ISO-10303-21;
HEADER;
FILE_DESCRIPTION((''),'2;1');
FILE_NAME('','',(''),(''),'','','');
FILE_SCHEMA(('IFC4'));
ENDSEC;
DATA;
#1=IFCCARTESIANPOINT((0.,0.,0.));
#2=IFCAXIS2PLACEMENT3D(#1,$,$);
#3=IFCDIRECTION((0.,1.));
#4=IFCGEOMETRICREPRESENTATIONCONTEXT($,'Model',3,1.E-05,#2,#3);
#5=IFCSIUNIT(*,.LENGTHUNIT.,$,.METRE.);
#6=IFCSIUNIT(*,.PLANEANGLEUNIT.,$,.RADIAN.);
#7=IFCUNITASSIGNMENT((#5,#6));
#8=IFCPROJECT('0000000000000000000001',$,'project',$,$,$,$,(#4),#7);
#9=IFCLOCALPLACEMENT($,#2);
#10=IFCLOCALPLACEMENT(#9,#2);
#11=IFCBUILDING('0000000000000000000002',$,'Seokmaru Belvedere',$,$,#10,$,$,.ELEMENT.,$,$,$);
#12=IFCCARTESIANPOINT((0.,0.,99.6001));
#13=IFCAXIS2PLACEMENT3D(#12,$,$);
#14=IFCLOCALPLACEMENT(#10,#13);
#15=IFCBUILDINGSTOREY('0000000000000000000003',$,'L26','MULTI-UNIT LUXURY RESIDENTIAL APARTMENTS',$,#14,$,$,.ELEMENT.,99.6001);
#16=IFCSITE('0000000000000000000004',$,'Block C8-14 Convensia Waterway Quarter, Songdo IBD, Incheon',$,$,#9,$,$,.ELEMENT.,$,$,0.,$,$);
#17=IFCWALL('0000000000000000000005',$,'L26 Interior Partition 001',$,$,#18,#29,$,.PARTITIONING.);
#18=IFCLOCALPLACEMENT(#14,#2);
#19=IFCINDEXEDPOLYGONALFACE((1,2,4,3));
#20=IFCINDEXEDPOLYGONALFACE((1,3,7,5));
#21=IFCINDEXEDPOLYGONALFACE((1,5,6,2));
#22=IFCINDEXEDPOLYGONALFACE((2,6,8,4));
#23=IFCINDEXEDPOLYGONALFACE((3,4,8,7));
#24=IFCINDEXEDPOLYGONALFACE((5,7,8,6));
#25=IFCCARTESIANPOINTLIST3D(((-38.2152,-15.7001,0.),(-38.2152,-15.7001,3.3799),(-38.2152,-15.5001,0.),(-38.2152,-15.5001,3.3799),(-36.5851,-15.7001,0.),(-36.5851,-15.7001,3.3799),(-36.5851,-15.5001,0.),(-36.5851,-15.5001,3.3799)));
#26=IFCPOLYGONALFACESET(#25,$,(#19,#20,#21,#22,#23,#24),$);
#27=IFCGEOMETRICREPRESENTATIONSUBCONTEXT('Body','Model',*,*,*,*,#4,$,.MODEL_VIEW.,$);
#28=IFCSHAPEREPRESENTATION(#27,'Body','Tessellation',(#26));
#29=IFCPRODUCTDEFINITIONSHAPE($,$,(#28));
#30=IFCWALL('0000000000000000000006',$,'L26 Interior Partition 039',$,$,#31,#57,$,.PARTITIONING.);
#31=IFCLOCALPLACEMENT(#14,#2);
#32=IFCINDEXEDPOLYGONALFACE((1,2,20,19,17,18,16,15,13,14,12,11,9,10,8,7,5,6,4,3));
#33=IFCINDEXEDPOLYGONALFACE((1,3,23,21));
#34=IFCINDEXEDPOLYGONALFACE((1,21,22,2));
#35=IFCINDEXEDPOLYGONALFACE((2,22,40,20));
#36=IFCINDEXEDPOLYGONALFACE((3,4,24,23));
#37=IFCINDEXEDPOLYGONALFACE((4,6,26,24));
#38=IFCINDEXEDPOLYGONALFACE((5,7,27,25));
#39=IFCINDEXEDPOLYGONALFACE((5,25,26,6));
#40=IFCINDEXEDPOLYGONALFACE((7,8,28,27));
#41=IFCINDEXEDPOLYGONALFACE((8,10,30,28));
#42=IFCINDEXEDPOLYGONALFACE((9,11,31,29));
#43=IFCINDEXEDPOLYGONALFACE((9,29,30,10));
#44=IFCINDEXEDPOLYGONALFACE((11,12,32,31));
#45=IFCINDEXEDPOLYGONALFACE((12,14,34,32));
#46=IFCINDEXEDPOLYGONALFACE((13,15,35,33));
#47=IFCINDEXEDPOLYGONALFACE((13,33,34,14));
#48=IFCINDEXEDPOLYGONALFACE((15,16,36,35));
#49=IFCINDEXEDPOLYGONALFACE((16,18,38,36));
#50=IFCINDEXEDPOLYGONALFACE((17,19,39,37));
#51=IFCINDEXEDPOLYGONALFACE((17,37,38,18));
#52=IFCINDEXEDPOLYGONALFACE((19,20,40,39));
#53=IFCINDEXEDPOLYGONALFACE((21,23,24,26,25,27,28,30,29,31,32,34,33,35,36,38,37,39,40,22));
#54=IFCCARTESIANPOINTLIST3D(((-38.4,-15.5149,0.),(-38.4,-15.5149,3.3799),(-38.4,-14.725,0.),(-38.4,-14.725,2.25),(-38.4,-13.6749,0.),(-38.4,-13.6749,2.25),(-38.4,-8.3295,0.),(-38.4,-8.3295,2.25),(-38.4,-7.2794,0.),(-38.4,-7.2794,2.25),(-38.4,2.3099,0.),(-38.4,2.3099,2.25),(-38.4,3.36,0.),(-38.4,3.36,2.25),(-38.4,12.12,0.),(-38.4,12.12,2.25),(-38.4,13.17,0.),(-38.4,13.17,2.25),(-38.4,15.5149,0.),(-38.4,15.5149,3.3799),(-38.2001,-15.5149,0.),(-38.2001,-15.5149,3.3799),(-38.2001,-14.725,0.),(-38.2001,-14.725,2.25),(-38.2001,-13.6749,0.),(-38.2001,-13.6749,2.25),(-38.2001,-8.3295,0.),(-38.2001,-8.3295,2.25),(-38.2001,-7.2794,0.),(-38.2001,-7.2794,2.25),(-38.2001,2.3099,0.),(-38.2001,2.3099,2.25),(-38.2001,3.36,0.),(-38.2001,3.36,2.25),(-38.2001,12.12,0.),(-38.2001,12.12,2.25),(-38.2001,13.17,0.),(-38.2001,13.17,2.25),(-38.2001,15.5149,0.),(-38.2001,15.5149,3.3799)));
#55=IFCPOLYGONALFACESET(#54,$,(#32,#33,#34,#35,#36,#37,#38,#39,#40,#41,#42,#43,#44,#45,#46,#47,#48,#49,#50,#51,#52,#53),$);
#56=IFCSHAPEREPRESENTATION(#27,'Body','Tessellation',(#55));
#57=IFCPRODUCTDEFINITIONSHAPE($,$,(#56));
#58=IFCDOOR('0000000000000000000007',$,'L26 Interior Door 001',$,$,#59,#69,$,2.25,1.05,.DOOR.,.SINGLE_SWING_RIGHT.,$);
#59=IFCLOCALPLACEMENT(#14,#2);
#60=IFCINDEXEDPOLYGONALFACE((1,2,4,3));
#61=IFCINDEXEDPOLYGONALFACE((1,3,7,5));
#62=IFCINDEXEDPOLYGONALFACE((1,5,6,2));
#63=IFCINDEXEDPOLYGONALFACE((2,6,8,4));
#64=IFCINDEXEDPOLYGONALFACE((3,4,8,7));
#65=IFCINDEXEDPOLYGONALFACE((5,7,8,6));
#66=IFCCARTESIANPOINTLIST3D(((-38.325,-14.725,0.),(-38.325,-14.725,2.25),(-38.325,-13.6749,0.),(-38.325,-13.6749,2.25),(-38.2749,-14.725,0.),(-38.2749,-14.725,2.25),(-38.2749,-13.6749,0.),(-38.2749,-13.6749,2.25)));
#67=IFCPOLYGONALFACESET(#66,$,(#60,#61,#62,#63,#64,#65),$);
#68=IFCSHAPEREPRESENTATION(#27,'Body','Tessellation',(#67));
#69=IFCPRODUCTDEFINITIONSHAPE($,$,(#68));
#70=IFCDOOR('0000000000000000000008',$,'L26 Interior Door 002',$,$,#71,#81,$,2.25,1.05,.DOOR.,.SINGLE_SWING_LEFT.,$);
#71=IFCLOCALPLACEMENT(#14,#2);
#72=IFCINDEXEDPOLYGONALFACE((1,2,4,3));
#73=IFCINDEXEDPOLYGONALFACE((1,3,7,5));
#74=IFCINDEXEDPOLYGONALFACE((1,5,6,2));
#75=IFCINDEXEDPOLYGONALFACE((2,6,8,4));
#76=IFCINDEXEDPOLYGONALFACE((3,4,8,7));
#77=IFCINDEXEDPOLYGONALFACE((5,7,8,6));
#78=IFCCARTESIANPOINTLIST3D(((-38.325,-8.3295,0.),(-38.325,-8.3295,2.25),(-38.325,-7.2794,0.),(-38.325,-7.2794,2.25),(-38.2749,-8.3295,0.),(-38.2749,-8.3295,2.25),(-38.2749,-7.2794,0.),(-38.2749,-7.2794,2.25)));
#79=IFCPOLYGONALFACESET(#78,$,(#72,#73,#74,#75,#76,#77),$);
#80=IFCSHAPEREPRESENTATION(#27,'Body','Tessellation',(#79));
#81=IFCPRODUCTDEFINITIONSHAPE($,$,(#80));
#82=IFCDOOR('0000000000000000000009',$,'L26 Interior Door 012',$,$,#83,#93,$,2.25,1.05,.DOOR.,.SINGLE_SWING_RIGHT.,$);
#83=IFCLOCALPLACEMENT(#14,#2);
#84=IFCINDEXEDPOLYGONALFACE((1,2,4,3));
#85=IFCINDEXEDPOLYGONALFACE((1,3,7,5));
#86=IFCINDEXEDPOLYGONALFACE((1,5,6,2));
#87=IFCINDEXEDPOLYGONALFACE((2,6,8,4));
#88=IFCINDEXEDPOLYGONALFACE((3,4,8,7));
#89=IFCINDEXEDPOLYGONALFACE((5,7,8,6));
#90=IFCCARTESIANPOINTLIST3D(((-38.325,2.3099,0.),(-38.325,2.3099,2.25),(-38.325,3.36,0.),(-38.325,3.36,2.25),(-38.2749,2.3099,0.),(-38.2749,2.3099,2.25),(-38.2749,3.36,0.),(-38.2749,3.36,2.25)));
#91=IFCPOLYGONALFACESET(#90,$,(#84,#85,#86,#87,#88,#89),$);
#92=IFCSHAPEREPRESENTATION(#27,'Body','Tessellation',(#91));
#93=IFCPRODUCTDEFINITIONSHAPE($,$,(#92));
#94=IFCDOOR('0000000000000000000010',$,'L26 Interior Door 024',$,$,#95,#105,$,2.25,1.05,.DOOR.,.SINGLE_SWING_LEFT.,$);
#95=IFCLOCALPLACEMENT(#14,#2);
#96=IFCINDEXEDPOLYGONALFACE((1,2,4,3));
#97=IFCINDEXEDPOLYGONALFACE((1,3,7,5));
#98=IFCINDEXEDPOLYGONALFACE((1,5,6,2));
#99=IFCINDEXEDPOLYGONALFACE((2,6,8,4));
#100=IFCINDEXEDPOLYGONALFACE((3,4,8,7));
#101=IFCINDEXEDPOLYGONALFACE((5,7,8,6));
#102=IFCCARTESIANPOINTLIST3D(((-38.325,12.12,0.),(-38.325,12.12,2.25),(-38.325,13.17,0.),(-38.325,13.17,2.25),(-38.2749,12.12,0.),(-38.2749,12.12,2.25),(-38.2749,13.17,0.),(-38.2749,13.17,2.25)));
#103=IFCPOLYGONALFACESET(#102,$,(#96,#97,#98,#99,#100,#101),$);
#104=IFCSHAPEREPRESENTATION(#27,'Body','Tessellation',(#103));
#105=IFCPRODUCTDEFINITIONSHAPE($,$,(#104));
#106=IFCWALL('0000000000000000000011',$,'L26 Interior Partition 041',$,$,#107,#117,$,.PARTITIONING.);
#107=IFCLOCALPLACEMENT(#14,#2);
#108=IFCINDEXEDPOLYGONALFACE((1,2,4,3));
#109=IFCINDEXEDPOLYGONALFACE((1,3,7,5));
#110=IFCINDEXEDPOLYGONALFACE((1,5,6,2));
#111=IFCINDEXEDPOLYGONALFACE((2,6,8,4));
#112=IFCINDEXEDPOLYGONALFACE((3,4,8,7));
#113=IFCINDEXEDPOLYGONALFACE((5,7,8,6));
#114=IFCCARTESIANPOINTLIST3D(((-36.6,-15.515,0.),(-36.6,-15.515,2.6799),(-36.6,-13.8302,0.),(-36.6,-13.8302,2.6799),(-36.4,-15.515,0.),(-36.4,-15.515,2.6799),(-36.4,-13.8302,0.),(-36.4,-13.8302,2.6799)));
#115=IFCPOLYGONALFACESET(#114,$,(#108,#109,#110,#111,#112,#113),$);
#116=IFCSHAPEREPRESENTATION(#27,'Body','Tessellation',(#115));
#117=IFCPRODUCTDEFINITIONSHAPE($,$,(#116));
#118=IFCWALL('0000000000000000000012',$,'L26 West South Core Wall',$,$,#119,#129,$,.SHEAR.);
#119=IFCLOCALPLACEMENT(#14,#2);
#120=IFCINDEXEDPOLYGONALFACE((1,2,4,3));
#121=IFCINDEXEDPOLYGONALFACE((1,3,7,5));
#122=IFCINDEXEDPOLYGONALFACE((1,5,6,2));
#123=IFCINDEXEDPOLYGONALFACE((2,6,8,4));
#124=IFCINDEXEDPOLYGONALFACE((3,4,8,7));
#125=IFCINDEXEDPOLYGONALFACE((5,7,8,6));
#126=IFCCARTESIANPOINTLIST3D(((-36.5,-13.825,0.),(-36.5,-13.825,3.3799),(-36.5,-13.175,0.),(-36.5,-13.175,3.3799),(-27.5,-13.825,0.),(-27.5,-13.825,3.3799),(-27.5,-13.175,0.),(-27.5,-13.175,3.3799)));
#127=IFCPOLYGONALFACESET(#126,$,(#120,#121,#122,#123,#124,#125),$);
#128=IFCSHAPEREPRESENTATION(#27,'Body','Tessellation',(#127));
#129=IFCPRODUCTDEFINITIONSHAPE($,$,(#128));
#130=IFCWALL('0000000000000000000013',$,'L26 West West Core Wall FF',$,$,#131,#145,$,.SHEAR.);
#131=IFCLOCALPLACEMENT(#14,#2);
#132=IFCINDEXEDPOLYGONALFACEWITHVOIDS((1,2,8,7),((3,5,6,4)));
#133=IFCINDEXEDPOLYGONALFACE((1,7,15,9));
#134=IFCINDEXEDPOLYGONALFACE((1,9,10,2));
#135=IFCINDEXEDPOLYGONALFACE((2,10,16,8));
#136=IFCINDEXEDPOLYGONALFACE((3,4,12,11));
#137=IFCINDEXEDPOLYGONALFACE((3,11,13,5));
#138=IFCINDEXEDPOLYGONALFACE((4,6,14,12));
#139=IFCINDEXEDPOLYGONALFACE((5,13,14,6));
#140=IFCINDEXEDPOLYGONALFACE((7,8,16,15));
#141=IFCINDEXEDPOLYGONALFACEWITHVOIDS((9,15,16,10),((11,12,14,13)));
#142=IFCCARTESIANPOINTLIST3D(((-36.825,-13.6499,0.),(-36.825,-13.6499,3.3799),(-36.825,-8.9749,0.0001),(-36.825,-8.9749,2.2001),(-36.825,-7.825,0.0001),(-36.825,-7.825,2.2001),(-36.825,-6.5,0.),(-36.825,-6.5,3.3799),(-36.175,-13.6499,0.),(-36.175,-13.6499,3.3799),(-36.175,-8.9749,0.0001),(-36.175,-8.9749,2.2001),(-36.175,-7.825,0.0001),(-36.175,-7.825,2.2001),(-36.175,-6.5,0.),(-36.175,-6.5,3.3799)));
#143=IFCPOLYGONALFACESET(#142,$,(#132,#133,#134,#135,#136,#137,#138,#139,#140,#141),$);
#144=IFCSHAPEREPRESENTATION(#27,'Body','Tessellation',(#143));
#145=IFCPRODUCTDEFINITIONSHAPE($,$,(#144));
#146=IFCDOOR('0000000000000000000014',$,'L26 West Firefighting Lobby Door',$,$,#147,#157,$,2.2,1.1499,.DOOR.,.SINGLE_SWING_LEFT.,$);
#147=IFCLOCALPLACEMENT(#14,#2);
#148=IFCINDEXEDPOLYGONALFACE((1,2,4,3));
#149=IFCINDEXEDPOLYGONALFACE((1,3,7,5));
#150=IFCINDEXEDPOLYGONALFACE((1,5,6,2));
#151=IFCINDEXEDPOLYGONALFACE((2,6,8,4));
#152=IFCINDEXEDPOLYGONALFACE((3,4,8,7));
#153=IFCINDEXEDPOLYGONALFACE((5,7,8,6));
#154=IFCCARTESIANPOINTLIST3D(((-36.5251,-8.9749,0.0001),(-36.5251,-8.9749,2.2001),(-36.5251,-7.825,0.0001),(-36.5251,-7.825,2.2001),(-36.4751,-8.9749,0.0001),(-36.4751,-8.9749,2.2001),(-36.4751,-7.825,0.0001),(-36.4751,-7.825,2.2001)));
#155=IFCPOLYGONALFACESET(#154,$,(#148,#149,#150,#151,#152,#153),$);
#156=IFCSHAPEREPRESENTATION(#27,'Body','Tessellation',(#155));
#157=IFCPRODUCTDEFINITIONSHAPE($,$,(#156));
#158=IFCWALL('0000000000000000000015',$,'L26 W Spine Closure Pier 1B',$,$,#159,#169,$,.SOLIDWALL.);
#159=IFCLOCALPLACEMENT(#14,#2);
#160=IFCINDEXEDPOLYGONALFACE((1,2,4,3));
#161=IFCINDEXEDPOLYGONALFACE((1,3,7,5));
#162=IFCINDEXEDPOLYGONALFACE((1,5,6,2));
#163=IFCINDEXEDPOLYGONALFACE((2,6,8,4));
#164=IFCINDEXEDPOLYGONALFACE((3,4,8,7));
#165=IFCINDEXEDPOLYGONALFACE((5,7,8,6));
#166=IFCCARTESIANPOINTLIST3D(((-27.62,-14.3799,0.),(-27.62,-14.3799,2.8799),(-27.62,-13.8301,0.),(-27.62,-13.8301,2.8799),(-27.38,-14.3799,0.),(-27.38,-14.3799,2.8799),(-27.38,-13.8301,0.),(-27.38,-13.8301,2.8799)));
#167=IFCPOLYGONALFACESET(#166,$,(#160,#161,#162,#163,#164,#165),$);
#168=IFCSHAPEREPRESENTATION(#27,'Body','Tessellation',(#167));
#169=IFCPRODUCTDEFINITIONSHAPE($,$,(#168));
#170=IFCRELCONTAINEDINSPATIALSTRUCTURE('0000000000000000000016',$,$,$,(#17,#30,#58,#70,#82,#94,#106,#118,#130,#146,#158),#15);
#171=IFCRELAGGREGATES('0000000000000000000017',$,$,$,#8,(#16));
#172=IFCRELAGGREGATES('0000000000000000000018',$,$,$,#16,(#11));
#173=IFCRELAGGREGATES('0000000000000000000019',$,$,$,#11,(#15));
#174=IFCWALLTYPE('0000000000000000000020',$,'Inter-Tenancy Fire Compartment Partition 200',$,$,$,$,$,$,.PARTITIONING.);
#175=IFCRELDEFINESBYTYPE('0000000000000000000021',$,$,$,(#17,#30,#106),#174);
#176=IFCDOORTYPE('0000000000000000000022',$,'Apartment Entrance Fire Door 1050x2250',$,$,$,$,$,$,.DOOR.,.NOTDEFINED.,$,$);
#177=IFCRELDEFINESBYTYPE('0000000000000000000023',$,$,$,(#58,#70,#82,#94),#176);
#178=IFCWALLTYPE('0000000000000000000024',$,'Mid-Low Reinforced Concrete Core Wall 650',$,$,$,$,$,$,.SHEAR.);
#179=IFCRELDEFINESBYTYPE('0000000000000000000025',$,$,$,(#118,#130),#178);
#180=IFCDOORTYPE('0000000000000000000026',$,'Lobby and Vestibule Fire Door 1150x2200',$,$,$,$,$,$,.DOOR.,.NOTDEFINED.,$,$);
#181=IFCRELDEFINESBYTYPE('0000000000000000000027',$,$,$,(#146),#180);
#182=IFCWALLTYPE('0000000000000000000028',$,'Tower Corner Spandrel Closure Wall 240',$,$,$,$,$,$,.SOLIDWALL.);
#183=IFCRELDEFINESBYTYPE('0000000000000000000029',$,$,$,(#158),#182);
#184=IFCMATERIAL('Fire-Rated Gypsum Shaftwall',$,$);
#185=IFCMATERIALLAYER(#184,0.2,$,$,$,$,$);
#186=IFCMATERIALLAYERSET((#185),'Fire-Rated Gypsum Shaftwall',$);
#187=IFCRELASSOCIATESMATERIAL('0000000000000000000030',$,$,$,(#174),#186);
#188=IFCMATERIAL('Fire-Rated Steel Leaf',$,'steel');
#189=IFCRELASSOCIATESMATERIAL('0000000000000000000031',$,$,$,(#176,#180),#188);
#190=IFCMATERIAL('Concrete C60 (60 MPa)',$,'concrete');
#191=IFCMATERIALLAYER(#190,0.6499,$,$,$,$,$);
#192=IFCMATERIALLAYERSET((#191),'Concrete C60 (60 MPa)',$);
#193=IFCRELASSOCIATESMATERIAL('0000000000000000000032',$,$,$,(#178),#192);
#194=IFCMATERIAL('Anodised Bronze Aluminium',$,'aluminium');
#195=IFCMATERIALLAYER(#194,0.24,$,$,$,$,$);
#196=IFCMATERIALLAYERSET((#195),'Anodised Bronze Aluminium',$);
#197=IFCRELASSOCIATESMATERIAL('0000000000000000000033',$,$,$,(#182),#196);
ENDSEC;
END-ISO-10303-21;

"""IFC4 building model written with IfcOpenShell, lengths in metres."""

from ifc_helpers import new_model, si_unit, direction, frame, frame_2d, origin, place, context, subcontext, project, spatial, rectangle, extrude, source, transform, mapped, material, layer, layer_set, type_object, type_shapes, element, fill, save


model = new_model("IFC4")

# Units and contexts
model_context = context("Model", 3, precision=1e-05, world=origin(), true_north=direction((0.0, 1.0)))
body_context = subcontext(model_context, "Body", "Model", "MODEL_VIEW")
ifc_project = project(units=[si_unit("LENGTHUNIT", "METRE"), si_unit("PLANEANGLEUNIT", "RADIAN")], contexts=[model_context])

# Site, building, storey
site_placement = place(None, origin())
site = spatial("IfcSite", under=ifc_project, at=site_placement, Name="Block C8-14 Convensia Waterway Quarter, Songdo IBD, Incheon", CompositionType="ELEMENT", RefElevation=0.0)
building_placement = place(site_placement, origin())
building = spatial("IfcBuilding", under=site, at=building_placement, Name="Seokmaru Belvedere", CompositionType="ELEMENT")
storey_placement = place(building_placement, frame((0.0, 0.0, 99.6001)))
storey = spatial("IfcBuildingStorey", under=building, at=storey_placement, Name="L26", Description="MULTI-UNIT LUXURY RESIDENTIAL APARTMENTS", CompositionType="ELEMENT", Elevation=99.6001)

# Shared definitions
ifc_material_1 = material(Name="Anodised Bronze Aluminium", Category="aluminium")

# Wall
ifc_material_2 = material(Name="Fire-Rated Gypsum Shaftwall")
ifc_layer_1 = layer(ifc_material_2, 0.2)
ifc_layer_set_1 = layer_set([ifc_layer_1], Name="Fire-Rated Gypsum Shaftwall")
wall_type_1 = type_object("IfcWallType", Name="Inter-Tenancy Fire Compartment Partition 200", PredefinedType="PARTITIONING", material=ifc_layer_set_1)
wall_1_placement = place(storey_placement, frame((-38.2151, -15.6001, 0.0), z_axis=(0.0, 0.0, 1.0), x_axis=(1.0, 0.0, 0.0)))
element("IfcWall", 1, at=wall_1_placement, inside=storey, type_object=wall_type_1, Name="L26 Interior Partition 001", PredefinedType="PARTITIONING", context=body_context, shape_type="SweptSolid", body=[
    extrude(rectangle(XDim=1.6301, YDim=0.2, at=frame_2d((0.8149, 0.0))), origin(), (0.0, 0.0, 1.0), 3.3799),
])

# Wall, openings, doors
wall_2_placement = place(storey_placement, frame((-38.3, -15.5149, 0.0), z_axis=(0.0, 0.0, 1.0), x_axis=(0.0, 1.0, 0.0)))
wall_2 = element("IfcWall", 2, at=wall_2_placement, inside=storey, type_object=wall_type_1, Name="L26 Interior Partition 039", PredefinedType="PARTITIONING", context=body_context, shape_type="SweptSolid", body=[
    extrude(rectangle(XDim=31.0298, YDim=0.2, at=frame_2d((15.5149, 0.0))), origin(), (0.0, 0.0, 1.0), 3.3799),
])
opening_1_placement = place(wall_2_placement, frame((0.79, 0.0, 0.0)))
opening_1 = element("IfcOpeningElement", 3, at=opening_1_placement, cuts=wall_2, PredefinedType="OPENING", context=body_context, shape_type="SweptSolid", body=[
    extrude(rectangle(XDim=1.05, YDim=2.25, at=frame_2d((0.5249, 1.125))), frame((0.0, 0.1099, 0.0), z_axis=(0.0, -1.0, 0.0), x_axis=(1.0, 0.0, 0.0)), (0.0, 0.0, 1.0), 0.22),
])
opening_2_placement = place(wall_2_placement, frame((7.1855, 0.0, 0.0)))
opening_2 = element("IfcOpeningElement", 4, at=opening_2_placement, cuts=wall_2, PredefinedType="OPENING", context=body_context, shape_type="SweptSolid", body=[
    extrude(rectangle(XDim=1.05, YDim=2.25, at=frame_2d((0.5249, 1.125))), frame((0.0, 0.1099, 0.0), z_axis=(0.0, -1.0, 0.0), x_axis=(1.0, 0.0, 0.0)), (0.0, 0.0, 1.0), 0.22),
])
opening_3_placement = place(wall_2_placement, frame((17.825, 0.0, 0.0)))
opening_3 = element("IfcOpeningElement", 5, at=opening_3_placement, cuts=wall_2, PredefinedType="OPENING", context=body_context, shape_type="SweptSolid", body=[
    extrude(rectangle(XDim=1.05, YDim=2.25, at=frame_2d((0.5249, 1.125))), frame((0.0, 0.1099, 0.0), z_axis=(0.0, -1.0, 0.0), x_axis=(1.0, 0.0, 0.0)), (0.0, 0.0, 1.0), 0.22),
])
opening_4_placement = place(wall_2_placement, frame((27.635, 0.0, 0.0)))
opening_4 = element("IfcOpeningElement", 6, at=opening_4_placement, cuts=wall_2, PredefinedType="OPENING", context=body_context, shape_type="SweptSolid", body=[
    extrude(rectangle(XDim=1.05, YDim=2.25, at=frame_2d((0.5249, 1.125))), frame((0.0, 0.1099, 0.0), z_axis=(0.0, -1.0, 0.0), x_axis=(1.0, 0.0, 0.0)), (0.0, 0.0, 1.0), 0.22),
])
ifc_material_3 = material(Name="Fire-Rated Steel Leaf", Category="steel")
door_type_1 = type_object("IfcDoorType", Name="Apartment Entrance Fire Door 1050x2250", OperationType="NOTDEFINED", PredefinedType="DOOR", material=ifc_material_3)
shared_shape_1 = source(origin(), body_context, "Body", "SweptSolid", [
    extrude(rectangle(XDim=1.05, YDim=2.25, at=frame_2d((0.5249, 1.125))), frame((0.0, 0.0249, 0.0), z_axis=(0.0, -1.0, 0.0), x_axis=(1.0, 0.0, 0.0)), (0.0, 0.0, 1.0), 0.05),
])
type_shapes(door_type_1, [shared_shape_1])
door_1_placement = place(opening_1_placement, origin())
door_1 = element("IfcDoor", 7, at=door_1_placement, inside=storey, type_object=door_type_1, Name="L26 Interior Door 001", OperationType="SINGLE_SWING_RIGHT", OverallHeight=2.25, OverallWidth=1.05, PredefinedType="DOOR", context=body_context, shape_type="MappedRepresentation", body=[
    mapped(shared_shape_1, transform((0.0, 0.0, 0.0), scale=1.0)),
])
fill(opening_1, door_1)
door_2_placement = place(opening_2_placement, origin())
door_2 = element("IfcDoor", 8, at=door_2_placement, inside=storey, type_object=door_type_1, Name="L26 Interior Door 002", OperationType="SINGLE_SWING_LEFT", OverallHeight=2.25, OverallWidth=1.05, PredefinedType="DOOR", context=body_context, shape_type="MappedRepresentation", body=[
    mapped(shared_shape_1, transform((0.0, 0.0, 0.0), scale=1.0)),
])
fill(opening_2, door_2)
door_3_placement = place(opening_3_placement, origin())
door_3 = element("IfcDoor", 9, at=door_3_placement, inside=storey, type_object=door_type_1, Name="L26 Interior Door 012", OperationType="SINGLE_SWING_RIGHT", OverallHeight=2.25, OverallWidth=1.05, PredefinedType="DOOR", context=body_context, shape_type="MappedRepresentation", body=[
    mapped(shared_shape_1, transform((0.0, 0.0, 0.0), scale=1.0)),
])
fill(opening_3, door_3)
door_4_placement = place(opening_4_placement, origin())
door_4 = element("IfcDoor", 10, at=door_4_placement, inside=storey, type_object=door_type_1, Name="L26 Interior Door 024", OperationType="SINGLE_SWING_LEFT", OverallHeight=2.25, OverallWidth=1.05, PredefinedType="DOOR", context=body_context, shape_type="MappedRepresentation", body=[
    mapped(shared_shape_1, transform((0.0, 0.0, 0.0), scale=1.0)),
])
fill(opening_4, door_4)

# Walls
wall_3_placement = place(storey_placement, frame((-36.5, -15.5149, 0.0), z_axis=(0.0, 0.0, 1.0), x_axis=(0.0, 1.0, 0.0)))
element("IfcWall", 11, at=wall_3_placement, inside=storey, type_object=wall_type_1, Name="L26 Interior Partition 041", PredefinedType="PARTITIONING", context=body_context, shape_type="SweptSolid", body=[
    extrude(rectangle(XDim=1.6848, YDim=0.2, at=frame_2d((0.8423, 0.0))), origin(), (0.0, 0.0, 1.0), 2.6799),
])
ifc_material_4 = material(Name="Concrete C60 (60 MPa)", Category="concrete")
ifc_layer_2 = layer(ifc_material_4, 0.6499)
ifc_layer_set_2 = layer_set([ifc_layer_2], Name="Concrete C60 (60 MPa)")
wall_type_2 = type_object("IfcWallType", Name="Mid-Low Reinforced Concrete Core Wall 650", PredefinedType="SHEAR", material=ifc_layer_set_2)
wall_4_placement = place(storey_placement, frame((-36.5, -13.5, 0.0), z_axis=(0.0, 0.0, 1.0), x_axis=(1.0, 0.0, 0.0)))
element("IfcWall", 12, at=wall_4_placement, inside=storey, type_object=wall_type_2, Name="L26 West South Core Wall", PredefinedType="SHEAR", context=body_context, shape_type="SweptSolid", body=[
    extrude(rectangle(XDim=9.0, YDim=0.6499, at=frame_2d((4.5, 0.0))), origin(), (0.0, 0.0, 1.0), 3.3799),
])

# Wall, opening, door
wall_5_placement = place(storey_placement, frame((-36.5, -13.6499, 0.0), z_axis=(0.0, 0.0, 1.0), x_axis=(0.0, 1.0, 0.0)))
wall_5 = element("IfcWall", 13, at=wall_5_placement, inside=storey, type_object=wall_type_2, Name="L26 West West Core Wall FF", PredefinedType="SHEAR", context=body_context, shape_type="SweptSolid", body=[
    extrude(rectangle(XDim=7.1499, YDim=0.6499, at=frame_2d((3.575, 0.0))), origin(), (0.0, 0.0, 1.0), 3.3799),
])
opening_5_placement = place(wall_5_placement, frame((4.675, 0.0, 0.0)))
opening_5 = element("IfcOpeningElement", 14, at=opening_5_placement, cuts=wall_5, PredefinedType="OPENING", context=body_context, shape_type="SweptSolid", body=[
    extrude(rectangle(XDim=1.1499, YDim=2.2, at=frame_2d((0.575, 1.1001))), frame((0.0, 0.335, 0.0), z_axis=(0.0, -1.0, 0.0), x_axis=(1.0, 0.0, 0.0)), (0.0, 0.0, 1.0), 0.6699),
])
door_type_2 = type_object("IfcDoorType", Name="Lobby and Vestibule Fire Door 1150x2200", OperationType="NOTDEFINED", PredefinedType="DOOR", material=ifc_material_3)
shared_shape_2 = source(origin(), body_context, "Body", "SweptSolid", [
    extrude(rectangle(XDim=1.1499, YDim=2.2, at=frame_2d((0.575, 1.1001))), frame((0.0, 0.0249, 0.0), z_axis=(0.0, -1.0, 0.0), x_axis=(1.0, 0.0, 0.0)), (0.0, 0.0, 1.0), 0.05),
])
type_shapes(door_type_2, [shared_shape_2])
door_5_placement = place(opening_5_placement, frame((1.1499, 0.0, 0.0), z_axis=(0.0, 0.0, 1.0), x_axis=(-1.0, 0.0, 0.0)))
door_5 = element("IfcDoor", 15, at=door_5_placement, inside=storey, type_object=door_type_2, Name="L26 West Firefighting Lobby Door", OperationType="SINGLE_SWING_LEFT", OverallHeight=2.2, OverallWidth=1.1499, PredefinedType="DOOR", context=body_context, shape_type="MappedRepresentation", body=[
    mapped(shared_shape_2, transform((0.0, 0.0, 0.0), scale=1.0)),
])
fill(opening_5, door_5)

# Wall
ifc_layer_3 = layer(ifc_material_1, 0.24)
ifc_layer_set_3 = layer_set([ifc_layer_3], Name="Anodised Bronze Aluminium")
wall_type_3 = type_object("IfcWallType", Name="Tower Corner Spandrel Closure Wall 240", PredefinedType="SOLIDWALL", material=ifc_layer_set_3)
wall_6_placement = place(storey_placement, frame((-27.5, -14.3799, 0.0), z_axis=(0.0, 0.0, 1.0), x_axis=(0.0, 1.0, 0.0)))
element("IfcWall", 16, at=wall_6_placement, inside=storey, type_object=wall_type_3, Name="L26 W Spine Closure Pier 1B", PredefinedType="SOLIDWALL", context=body_context, shape_type="SweptSolid", body=[
    extrude(rectangle(XDim=0.5498, YDim=0.24, at=frame_2d((0.2749, 0.0))), origin(), (0.0, 0.0, 1.0), 2.8799),
])

save(model, "model.ifc")
